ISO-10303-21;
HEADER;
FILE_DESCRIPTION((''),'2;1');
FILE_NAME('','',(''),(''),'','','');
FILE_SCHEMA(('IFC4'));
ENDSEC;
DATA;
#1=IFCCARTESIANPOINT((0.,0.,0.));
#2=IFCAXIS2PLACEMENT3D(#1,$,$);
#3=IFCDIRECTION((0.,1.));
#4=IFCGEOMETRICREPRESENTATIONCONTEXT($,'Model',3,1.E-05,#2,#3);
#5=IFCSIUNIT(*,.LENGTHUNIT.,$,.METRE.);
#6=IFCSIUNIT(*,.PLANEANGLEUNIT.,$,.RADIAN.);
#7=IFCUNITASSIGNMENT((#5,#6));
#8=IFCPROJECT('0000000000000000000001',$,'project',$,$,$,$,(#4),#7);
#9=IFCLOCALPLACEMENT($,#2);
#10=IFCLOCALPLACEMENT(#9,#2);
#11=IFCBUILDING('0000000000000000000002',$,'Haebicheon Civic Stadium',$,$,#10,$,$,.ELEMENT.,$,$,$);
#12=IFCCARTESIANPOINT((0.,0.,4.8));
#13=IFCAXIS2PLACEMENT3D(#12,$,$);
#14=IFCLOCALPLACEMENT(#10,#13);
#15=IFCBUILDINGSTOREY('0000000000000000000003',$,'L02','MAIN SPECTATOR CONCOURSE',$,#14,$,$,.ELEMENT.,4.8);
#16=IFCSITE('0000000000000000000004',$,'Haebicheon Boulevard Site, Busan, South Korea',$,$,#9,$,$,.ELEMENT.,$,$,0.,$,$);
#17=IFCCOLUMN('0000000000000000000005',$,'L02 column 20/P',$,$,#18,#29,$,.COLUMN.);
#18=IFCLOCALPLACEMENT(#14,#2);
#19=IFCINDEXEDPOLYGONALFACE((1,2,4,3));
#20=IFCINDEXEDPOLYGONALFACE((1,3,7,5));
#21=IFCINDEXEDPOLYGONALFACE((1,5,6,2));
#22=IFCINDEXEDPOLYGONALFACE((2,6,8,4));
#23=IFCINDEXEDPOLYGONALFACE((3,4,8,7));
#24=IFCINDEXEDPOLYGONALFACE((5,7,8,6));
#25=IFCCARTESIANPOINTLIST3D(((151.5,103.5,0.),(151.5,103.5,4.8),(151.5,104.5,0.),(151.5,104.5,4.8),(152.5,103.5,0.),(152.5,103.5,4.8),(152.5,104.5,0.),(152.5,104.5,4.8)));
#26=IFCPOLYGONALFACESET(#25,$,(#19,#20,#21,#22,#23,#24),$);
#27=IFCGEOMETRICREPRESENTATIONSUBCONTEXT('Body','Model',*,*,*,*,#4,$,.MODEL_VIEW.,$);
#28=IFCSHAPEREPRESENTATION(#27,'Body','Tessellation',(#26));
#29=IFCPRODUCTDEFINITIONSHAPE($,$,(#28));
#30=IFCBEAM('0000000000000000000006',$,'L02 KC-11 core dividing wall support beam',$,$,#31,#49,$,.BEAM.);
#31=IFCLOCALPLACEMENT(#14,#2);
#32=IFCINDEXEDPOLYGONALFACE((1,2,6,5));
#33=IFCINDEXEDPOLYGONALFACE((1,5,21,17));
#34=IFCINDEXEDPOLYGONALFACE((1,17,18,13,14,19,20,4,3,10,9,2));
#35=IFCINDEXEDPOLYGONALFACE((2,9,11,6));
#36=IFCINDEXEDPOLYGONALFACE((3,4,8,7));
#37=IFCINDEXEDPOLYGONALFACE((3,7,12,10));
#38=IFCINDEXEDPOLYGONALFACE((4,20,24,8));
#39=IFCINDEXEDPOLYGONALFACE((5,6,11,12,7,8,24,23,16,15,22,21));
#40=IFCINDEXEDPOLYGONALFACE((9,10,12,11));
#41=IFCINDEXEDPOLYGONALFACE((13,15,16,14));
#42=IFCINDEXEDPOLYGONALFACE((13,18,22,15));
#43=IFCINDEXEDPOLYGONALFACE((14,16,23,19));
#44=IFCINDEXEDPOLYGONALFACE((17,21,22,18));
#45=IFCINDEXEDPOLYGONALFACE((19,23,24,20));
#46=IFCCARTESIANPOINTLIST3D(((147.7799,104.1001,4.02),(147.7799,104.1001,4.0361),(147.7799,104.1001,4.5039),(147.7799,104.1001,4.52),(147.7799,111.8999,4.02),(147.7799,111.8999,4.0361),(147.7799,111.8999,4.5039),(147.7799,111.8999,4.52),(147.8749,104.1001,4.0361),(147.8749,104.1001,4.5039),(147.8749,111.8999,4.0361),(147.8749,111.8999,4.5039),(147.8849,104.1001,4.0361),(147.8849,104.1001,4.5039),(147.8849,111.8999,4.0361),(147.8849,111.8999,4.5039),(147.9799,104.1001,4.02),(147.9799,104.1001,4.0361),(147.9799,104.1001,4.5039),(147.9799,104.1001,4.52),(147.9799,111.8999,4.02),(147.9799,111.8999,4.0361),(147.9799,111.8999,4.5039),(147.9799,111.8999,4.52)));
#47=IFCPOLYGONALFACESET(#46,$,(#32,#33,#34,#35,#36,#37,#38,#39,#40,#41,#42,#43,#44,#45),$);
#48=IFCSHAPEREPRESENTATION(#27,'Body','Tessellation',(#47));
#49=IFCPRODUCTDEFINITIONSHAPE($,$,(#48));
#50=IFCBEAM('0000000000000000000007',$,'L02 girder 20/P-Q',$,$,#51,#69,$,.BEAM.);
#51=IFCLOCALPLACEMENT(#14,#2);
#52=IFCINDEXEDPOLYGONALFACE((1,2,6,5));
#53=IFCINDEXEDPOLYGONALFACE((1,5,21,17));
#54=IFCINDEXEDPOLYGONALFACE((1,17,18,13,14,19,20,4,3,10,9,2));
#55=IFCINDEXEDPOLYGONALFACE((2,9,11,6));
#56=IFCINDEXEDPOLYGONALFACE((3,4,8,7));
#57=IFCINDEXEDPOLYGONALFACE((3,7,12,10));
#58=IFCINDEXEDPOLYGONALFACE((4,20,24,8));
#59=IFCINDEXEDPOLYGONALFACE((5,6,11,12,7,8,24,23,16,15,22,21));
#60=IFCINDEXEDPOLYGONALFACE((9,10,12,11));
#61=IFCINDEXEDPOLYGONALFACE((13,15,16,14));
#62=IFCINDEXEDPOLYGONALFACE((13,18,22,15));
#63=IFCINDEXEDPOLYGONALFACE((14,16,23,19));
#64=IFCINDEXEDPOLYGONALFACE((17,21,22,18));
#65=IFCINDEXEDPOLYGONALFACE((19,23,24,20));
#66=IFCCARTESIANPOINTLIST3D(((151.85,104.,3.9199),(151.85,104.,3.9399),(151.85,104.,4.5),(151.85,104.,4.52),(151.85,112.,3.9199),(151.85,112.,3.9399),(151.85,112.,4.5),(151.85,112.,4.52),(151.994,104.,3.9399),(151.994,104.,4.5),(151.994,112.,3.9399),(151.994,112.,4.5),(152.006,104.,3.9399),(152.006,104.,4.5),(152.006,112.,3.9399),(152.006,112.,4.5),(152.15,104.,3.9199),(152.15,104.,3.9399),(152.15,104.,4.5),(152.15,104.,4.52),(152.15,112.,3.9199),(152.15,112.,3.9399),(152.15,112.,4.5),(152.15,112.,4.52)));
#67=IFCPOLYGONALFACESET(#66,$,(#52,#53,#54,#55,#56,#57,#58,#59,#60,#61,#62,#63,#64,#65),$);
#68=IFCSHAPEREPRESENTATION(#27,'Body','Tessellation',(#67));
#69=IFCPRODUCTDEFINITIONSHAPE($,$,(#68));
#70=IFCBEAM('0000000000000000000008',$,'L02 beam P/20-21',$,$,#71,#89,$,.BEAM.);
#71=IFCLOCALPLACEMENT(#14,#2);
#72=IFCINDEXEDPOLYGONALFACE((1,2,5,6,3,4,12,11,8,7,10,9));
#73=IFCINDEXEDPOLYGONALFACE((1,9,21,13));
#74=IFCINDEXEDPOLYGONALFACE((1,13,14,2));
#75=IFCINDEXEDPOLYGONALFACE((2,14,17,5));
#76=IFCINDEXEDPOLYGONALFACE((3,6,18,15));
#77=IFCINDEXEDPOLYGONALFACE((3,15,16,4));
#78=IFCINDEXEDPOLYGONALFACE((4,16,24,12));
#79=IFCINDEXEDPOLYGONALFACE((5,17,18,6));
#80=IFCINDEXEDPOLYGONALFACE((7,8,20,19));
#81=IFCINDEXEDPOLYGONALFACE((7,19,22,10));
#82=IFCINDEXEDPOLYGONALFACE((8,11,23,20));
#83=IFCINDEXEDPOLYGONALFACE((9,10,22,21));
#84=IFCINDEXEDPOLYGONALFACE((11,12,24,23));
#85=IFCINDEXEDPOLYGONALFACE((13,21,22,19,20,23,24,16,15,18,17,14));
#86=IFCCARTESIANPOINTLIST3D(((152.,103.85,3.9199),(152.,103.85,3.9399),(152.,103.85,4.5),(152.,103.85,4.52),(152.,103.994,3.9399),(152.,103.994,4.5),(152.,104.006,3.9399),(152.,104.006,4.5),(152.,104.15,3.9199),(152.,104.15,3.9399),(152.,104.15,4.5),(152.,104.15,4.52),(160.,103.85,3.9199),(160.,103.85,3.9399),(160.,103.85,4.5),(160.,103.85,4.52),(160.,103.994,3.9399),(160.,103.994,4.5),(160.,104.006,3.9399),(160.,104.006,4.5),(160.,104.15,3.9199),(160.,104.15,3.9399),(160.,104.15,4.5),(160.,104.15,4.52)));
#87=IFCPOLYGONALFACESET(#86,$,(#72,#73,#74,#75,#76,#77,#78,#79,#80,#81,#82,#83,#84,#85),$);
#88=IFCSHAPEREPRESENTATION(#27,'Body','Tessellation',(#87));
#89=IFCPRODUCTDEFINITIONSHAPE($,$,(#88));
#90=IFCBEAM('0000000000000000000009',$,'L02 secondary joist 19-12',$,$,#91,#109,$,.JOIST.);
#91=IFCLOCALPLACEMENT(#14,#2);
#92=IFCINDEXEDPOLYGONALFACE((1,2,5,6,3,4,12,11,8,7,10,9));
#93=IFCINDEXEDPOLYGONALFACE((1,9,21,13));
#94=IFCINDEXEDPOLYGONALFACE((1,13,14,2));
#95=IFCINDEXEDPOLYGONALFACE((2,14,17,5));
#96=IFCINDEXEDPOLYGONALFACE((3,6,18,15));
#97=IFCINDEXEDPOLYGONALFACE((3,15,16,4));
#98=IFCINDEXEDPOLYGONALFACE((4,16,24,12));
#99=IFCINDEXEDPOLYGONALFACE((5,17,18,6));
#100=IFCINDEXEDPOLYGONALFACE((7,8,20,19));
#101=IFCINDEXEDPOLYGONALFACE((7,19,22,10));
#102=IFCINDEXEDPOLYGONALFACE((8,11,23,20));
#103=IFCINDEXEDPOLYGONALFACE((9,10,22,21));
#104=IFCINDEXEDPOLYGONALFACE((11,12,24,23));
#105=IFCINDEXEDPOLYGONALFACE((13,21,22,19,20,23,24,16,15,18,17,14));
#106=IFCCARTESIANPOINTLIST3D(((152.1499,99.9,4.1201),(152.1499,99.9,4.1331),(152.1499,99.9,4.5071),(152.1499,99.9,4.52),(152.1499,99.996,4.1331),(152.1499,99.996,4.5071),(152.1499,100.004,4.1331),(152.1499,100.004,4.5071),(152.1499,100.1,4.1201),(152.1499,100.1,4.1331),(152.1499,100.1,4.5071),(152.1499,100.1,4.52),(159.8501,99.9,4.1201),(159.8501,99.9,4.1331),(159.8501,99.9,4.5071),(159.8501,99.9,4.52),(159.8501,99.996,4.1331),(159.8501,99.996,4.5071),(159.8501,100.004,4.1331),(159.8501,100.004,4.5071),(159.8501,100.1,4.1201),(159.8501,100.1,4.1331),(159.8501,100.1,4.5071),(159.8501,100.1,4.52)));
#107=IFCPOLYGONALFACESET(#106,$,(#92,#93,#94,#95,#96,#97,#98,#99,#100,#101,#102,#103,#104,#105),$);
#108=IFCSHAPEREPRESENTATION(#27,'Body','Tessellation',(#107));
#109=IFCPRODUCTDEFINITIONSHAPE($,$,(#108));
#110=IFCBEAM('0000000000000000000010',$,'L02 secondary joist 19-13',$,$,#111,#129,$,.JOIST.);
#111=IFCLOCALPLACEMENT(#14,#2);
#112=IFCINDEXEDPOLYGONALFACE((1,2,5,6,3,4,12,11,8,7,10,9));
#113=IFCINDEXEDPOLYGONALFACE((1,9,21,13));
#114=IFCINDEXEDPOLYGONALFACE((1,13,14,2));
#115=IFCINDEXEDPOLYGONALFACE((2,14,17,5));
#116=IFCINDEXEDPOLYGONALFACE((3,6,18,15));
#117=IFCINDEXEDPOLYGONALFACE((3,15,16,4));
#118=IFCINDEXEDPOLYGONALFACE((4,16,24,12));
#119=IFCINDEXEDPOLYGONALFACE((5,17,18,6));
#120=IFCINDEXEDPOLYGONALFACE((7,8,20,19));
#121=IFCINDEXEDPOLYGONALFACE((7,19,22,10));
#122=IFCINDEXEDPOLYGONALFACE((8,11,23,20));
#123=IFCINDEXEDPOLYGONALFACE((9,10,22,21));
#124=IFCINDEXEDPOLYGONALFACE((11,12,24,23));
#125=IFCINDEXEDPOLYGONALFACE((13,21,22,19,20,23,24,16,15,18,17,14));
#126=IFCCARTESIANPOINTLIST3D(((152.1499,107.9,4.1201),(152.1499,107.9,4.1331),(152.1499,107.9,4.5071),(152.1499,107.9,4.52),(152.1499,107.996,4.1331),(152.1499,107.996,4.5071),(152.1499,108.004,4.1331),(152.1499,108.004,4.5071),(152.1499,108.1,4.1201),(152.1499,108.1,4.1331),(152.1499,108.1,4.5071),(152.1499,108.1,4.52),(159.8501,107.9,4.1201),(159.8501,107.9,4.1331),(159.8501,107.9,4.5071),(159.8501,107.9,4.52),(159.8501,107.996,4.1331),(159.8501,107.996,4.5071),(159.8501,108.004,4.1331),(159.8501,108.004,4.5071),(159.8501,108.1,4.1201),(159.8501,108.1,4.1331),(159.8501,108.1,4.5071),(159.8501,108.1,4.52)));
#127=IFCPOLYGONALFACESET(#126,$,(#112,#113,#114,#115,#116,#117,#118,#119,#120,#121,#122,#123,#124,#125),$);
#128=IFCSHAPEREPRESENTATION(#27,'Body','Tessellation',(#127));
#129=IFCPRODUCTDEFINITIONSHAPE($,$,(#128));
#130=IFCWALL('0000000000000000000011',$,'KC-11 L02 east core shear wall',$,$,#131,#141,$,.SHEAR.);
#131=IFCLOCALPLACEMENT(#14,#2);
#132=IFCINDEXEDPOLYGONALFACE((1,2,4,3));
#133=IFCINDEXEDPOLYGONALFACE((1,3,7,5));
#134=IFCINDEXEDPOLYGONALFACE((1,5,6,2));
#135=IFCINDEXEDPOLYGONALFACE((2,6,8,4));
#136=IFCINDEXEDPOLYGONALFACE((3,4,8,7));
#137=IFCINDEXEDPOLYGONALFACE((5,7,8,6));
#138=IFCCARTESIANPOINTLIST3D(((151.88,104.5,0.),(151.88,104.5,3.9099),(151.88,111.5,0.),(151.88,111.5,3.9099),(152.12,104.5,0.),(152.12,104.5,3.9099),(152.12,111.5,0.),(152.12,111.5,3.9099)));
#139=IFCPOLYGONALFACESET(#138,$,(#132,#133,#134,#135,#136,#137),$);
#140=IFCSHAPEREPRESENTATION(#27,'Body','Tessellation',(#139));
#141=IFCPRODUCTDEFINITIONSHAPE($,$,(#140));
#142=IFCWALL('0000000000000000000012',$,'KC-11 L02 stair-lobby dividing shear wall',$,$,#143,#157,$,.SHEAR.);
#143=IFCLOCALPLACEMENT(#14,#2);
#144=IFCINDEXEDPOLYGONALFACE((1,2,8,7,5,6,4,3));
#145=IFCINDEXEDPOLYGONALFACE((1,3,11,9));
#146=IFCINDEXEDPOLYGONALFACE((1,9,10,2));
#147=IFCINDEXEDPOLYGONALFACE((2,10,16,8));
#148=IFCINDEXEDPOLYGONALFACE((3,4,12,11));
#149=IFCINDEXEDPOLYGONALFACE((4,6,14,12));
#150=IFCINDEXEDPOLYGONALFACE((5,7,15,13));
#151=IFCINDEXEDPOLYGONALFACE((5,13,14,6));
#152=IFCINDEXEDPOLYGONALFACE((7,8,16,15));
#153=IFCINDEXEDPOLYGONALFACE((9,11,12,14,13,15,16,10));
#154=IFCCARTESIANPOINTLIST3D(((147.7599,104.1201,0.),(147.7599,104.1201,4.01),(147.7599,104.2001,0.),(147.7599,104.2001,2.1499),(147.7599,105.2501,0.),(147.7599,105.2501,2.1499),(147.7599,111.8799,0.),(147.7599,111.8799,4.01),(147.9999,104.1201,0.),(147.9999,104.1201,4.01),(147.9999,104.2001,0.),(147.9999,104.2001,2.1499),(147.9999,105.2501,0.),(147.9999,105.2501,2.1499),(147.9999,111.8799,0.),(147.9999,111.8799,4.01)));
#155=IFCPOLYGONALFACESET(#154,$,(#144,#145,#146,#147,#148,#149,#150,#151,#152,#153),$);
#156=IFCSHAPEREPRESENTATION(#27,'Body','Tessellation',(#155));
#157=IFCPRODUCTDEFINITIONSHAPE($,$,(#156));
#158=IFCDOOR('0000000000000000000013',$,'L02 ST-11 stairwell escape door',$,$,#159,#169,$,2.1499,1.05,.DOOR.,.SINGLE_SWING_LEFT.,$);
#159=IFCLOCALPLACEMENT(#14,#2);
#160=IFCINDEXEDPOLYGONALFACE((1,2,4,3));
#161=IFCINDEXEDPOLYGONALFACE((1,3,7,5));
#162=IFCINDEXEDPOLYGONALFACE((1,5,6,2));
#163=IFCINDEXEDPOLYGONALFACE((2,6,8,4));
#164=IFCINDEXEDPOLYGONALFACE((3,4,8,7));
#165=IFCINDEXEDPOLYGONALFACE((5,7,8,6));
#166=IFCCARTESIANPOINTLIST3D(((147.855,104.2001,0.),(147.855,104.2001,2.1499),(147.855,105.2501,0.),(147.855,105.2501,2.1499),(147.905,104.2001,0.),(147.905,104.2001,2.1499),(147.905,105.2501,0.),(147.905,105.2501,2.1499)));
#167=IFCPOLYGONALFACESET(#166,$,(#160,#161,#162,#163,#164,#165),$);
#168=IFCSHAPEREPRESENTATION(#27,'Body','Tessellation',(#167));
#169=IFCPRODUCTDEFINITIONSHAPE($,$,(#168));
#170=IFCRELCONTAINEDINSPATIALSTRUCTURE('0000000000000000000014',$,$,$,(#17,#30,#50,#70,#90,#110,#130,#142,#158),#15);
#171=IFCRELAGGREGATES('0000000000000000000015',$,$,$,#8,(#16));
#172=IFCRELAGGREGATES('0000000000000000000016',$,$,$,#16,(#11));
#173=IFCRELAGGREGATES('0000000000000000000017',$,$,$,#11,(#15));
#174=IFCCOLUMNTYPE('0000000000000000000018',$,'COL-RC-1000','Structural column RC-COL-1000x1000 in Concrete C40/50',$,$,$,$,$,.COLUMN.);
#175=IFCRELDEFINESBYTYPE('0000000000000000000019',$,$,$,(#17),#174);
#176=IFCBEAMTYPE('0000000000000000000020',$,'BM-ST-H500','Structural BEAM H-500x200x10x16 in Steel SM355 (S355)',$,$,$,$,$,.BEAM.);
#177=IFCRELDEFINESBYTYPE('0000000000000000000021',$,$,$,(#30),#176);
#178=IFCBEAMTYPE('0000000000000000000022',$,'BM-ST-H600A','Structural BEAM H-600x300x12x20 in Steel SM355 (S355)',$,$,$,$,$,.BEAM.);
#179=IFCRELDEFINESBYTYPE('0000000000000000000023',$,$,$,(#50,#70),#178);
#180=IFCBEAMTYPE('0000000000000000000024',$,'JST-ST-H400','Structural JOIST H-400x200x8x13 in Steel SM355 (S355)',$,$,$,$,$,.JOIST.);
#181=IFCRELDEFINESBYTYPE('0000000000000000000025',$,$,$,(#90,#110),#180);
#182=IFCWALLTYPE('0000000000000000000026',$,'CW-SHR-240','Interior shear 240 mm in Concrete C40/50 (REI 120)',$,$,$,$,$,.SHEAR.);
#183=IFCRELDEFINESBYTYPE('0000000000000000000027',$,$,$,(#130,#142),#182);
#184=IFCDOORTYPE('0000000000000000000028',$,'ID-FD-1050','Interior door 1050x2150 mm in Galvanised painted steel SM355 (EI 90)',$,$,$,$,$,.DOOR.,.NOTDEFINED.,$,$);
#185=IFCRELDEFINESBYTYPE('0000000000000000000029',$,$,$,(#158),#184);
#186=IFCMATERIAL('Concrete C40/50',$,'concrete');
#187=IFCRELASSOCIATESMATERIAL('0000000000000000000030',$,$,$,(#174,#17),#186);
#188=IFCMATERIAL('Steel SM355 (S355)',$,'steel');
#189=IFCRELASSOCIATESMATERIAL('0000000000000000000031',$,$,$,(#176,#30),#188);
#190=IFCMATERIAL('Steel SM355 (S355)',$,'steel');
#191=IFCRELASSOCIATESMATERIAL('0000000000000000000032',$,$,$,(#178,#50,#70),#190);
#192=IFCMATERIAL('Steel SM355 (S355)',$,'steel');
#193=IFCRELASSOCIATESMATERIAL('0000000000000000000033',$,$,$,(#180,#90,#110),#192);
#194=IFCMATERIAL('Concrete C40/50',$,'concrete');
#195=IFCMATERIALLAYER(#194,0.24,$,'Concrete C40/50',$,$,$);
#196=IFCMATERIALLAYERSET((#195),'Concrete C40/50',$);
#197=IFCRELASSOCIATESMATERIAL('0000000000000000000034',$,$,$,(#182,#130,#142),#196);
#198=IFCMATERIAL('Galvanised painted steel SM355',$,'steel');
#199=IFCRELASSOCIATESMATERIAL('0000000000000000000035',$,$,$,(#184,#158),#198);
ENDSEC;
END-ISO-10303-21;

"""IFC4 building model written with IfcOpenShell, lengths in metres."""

from ifc_helpers import new_model, si_unit, direction, frame, frame_2d, origin, origin_2d, place, context, subcontext, project, spatial, rectangle, i_section, extrude, material, layer, layer_set, material_profile, profile_set, type_object, element, fill, save


model = new_model("IFC4")

# Units and contexts
model_context = context("Model", 3, precision=1e-05, world=origin(), true_north=direction((0.0, 1.0)))
body_context = subcontext(model_context, "Body", "Model", "MODEL_VIEW")
ifc_project = project(units=[si_unit("LENGTHUNIT", "METRE"), si_unit("PLANEANGLEUNIT", "RADIAN")], contexts=[model_context])

# Site, building, storey
site_placement = place(None, origin())
site = spatial("IfcSite", under=ifc_project, at=site_placement, Name="Haebicheon Boulevard Site, Busan, South Korea", CompositionType="ELEMENT", RefElevation=0.0)
building_placement = place(site_placement, origin())
building = spatial("IfcBuilding", under=site, at=building_placement, Name="Haebicheon Civic Stadium", CompositionType="ELEMENT")
storey_placement = place(building_placement, frame((0.0, 0.0, 4.8)))
storey = spatial("IfcBuildingStorey", under=building, at=storey_placement, Name="L02", Description="MAIN SPECTATOR CONCOURSE", CompositionType="ELEMENT", Elevation=4.8)

# Column
ifc_material_1 = material(Name="Concrete C40/50", Category="concrete")
ifc_material_profile_1 = material_profile(ifc_material_1, rectangle(XDim=1.0, YDim=1.0, at=origin_2d()), Name="RC-COL-1000x1000")
ifc_profile_set_1 = profile_set([ifc_material_profile_1], Name="Concrete C40/50")
column_type = type_object("IfcColumnType", Name="COL-RC-1000", Description="Structural column RC-COL-1000x1000 in Concrete C40/50", PredefinedType="COLUMN", material=ifc_profile_set_1)
column_placement = place(storey_placement, frame((152.0, 104.0, 0.0), z_axis=(0.0, 0.0, 1.0), x_axis=(1.0, 0.0, 0.0)))
element("IfcColumn", 1, at=column_placement, inside=storey, type_object=column_type, material=ifc_profile_set_1, Name="L02 column 20/P", PredefinedType="COLUMN", context=body_context, shape_type="SweptSolid", body=[
    extrude(rectangle(XDim=1.0, YDim=1.0, at=origin_2d()), origin(), (0.0, 0.0, 1.0), 4.8),
])

# Beams
ifc_material_2 = material(Name="Steel SM355 (S355)", Category="steel")
ifc_material_profile_2 = material_profile(ifc_material_2, i_section(OverallWidth=0.2, OverallDepth=0.5, WebThickness=0.01, FlangeThickness=0.0161, at=origin_2d()), Name="H-500x200x10x16")
ifc_profile_set_2 = profile_set([ifc_material_profile_2], Name="Steel SM355 (S355)")
beam_type_1 = type_object("IfcBeamType", Name="BM-ST-H500", Description="Structural BEAM H-500x200x10x16 in Steel SM355 (S355)", PredefinedType="BEAM", material=ifc_profile_set_2)
beam_placement = place(storey_placement, frame((147.8799, 104.1001, 4.27), z_axis=(0.0, 1.0, 0.0), x_axis=(-1.0, 0.0, 0.0)))
element("IfcBeam", 2, at=beam_placement, inside=storey, type_object=beam_type_1, material=ifc_profile_set_2, Name="L02 KC-11 core dividing wall support beam", PredefinedType="BEAM", context=body_context, shape_type="SweptSolid", body=[
    extrude(i_section(OverallWidth=0.2, OverallDepth=0.5, WebThickness=0.01, FlangeThickness=0.0161, at=origin_2d()), origin(), (0.0, 0.0, 1.0), 7.7998),
])
ifc_material_3 = material(Name="Steel SM355 (S355)", Category="steel")
ifc_material_profile_3 = material_profile(ifc_material_3, i_section(OverallWidth=0.3, OverallDepth=0.6001, WebThickness=0.012, FlangeThickness=0.02, at=origin_2d()), Name="H-600x300x12x20")
ifc_profile_set_3 = profile_set([ifc_material_profile_3], Name="Steel SM355 (S355)")
beam_type_2 = type_object("IfcBeamType", Name="BM-ST-H600A", Description="Structural BEAM H-600x300x12x20 in Steel SM355 (S355)", PredefinedType="BEAM", material=ifc_profile_set_3)
for number, where, z_axis, x_axis, name in (
    (3, (152.0, 104.0, 4.22), (0.0, 1.0, 0.0), (-1.0, 0.0, 0.0), "L02 girder 20/P-Q"),
    (4, (152.0, 104.0, 4.22), (1.0, 0.0, 0.0), (0.0, 1.0, 0.0), "L02 beam P/20-21"),
):
    element("IfcBeam", number, at=place(storey_placement, frame(where, z_axis=z_axis, x_axis=x_axis)), inside=storey, type_object=beam_type_2, material=ifc_profile_set_3, Name=name, PredefinedType="BEAM", context=body_context, shape_type="SweptSolid", body=[
        extrude(i_section(OverallWidth=0.3, OverallDepth=0.6001, WebThickness=0.012, FlangeThickness=0.02, at=origin_2d()), origin(), (0.0, 0.0, 1.0), 8.0),
    ])
ifc_material_4 = material(Name="Steel SM355 (S355)", Category="steel")
ifc_material_profile_4 = material_profile(ifc_material_4, i_section(OverallWidth=0.2, OverallDepth=0.3999, WebThickness=0.0081, FlangeThickness=0.0129, at=origin_2d()), Name="H-400x200x8x13")
ifc_profile_set_4 = profile_set([ifc_material_profile_4], Name="Steel SM355 (S355)")
beam_type_3 = type_object("IfcBeamType", Name="JST-ST-H400", Description="Structural JOIST H-400x200x8x13 in Steel SM355 (S355)", PredefinedType="JOIST", material=ifc_profile_set_4)
for number, where, z_axis, x_axis, name in (
    (5, (152.1499, 100.0, 4.3201), (1.0, 0.0, 0.0), (0.0, 1.0, 0.0), "L02 secondary joist 19-12"),
    (6, (152.1499, 108.0, 4.3201), (1.0, 0.0, 0.0), (0.0, 1.0, 0.0), "L02 secondary joist 19-13"),
):
    element("IfcBeam", number, at=place(storey_placement, frame(where, z_axis=z_axis, x_axis=x_axis)), inside=storey, type_object=beam_type_3, material=ifc_profile_set_4, Name=name, PredefinedType="JOIST", context=body_context, shape_type="SweptSolid", body=[
        extrude(i_section(OverallWidth=0.2, OverallDepth=0.3999, WebThickness=0.0081, FlangeThickness=0.0129, at=origin_2d()), origin(), (0.0, 0.0, 1.0), 7.7002),
    ])

# Wall
ifc_material_5 = material(Name="Concrete C40/50", Category="concrete")
ifc_layer = layer(ifc_material_5, 0.24, Name="Concrete C40/50")
ifc_layer_set = layer_set([ifc_layer], Name="Concrete C40/50")
wall_type = type_object("IfcWallType", Name="CW-SHR-240", Description="Interior shear 240 mm in Concrete C40/50 (REI 120)", PredefinedType="SHEAR", material=ifc_layer_set)
wall_1_placement = place(storey_placement, frame((152.0, 104.5, 0.0), z_axis=(0.0, 0.0, 1.0), x_axis=(0.0, 1.0, 0.0)))
element("IfcWall", 7, at=wall_1_placement, inside=storey, type_object=wall_type, material=ifc_layer_set, Name="KC-11 L02 east core shear wall", PredefinedType="SHEAR", context=body_context, shape_type="SweptSolid", body=[
    extrude(rectangle(XDim=7.0, YDim=0.24, at=frame_2d((3.5, 0.0))), origin(), (0.0, 0.0, 1.0), 3.9099),
])

# Wall, opening, door
wall_2_placement = place(storey_placement, frame((147.8799, 104.1201, 0.0), z_axis=(0.0, 0.0, 1.0), x_axis=(0.0, 1.0, 0.0)))
wall_2 = element("IfcWall", 8, at=wall_2_placement, inside=storey, type_object=wall_type, material=ifc_layer_set, Name="KC-11 L02 stair-lobby dividing shear wall", PredefinedType="SHEAR", context=body_context, shape_type="SweptSolid", body=[
    extrude(rectangle(XDim=7.7598, YDim=0.24, at=frame_2d((3.8799, 0.0))), origin(), (0.0, 0.0, 1.0), 4.01),
])
opening_1_placement = place(wall_2_placement, frame((0.0801, 0.0, 0.0)))
opening_1 = element("IfcOpeningElement", 9, at=opening_1_placement, cuts=wall_2, PredefinedType="OPENING", context=body_context, shape_type="SweptSolid", body=[
    extrude(rectangle(XDim=1.05, YDim=2.1499, at=frame_2d((0.5249, 1.075))), frame((0.0, 0.1299, 0.0), z_axis=(0.0, -1.0, 0.0), x_axis=(1.0, 0.0, 0.0)), (0.0, 0.0, 1.0), 0.26),
])
ifc_material_6 = material(Name="Galvanised painted steel SM355", Category="steel")
door_type_1 = type_object("IfcDoorType", Name="ID-FD-1050", Description="Interior door 1050x2150 mm in Galvanised painted steel SM355 (EI 90)", OperationType="NOTDEFINED", PredefinedType="DOOR", material=ifc_material_6)
door_1_placement = place(opening_1_placement, origin())
door_1 = element("IfcDoor", 10, at=door_1_placement, inside=storey, type_object=door_type_1, material=ifc_material_6, Name="L02 ST-11 stairwell escape door", OperationType="SINGLE_SWING_LEFT", OverallHeight=2.1499, OverallWidth=1.05, PredefinedType="DOOR", context=body_context, shape_type="SweptSolid", body=[
    extrude(rectangle(XDim=1.05, YDim=2.1499, at=frame_2d((0.5249, 1.075))), frame((0.0, 0.0249, 0.0), z_axis=(0.0, -1.0, 0.0), x_axis=(1.0, 0.0, 0.0)), (0.0, 0.0, 1.0), 0.05),
])
fill(opening_1, door_1)

save(model, "model.ifc")
